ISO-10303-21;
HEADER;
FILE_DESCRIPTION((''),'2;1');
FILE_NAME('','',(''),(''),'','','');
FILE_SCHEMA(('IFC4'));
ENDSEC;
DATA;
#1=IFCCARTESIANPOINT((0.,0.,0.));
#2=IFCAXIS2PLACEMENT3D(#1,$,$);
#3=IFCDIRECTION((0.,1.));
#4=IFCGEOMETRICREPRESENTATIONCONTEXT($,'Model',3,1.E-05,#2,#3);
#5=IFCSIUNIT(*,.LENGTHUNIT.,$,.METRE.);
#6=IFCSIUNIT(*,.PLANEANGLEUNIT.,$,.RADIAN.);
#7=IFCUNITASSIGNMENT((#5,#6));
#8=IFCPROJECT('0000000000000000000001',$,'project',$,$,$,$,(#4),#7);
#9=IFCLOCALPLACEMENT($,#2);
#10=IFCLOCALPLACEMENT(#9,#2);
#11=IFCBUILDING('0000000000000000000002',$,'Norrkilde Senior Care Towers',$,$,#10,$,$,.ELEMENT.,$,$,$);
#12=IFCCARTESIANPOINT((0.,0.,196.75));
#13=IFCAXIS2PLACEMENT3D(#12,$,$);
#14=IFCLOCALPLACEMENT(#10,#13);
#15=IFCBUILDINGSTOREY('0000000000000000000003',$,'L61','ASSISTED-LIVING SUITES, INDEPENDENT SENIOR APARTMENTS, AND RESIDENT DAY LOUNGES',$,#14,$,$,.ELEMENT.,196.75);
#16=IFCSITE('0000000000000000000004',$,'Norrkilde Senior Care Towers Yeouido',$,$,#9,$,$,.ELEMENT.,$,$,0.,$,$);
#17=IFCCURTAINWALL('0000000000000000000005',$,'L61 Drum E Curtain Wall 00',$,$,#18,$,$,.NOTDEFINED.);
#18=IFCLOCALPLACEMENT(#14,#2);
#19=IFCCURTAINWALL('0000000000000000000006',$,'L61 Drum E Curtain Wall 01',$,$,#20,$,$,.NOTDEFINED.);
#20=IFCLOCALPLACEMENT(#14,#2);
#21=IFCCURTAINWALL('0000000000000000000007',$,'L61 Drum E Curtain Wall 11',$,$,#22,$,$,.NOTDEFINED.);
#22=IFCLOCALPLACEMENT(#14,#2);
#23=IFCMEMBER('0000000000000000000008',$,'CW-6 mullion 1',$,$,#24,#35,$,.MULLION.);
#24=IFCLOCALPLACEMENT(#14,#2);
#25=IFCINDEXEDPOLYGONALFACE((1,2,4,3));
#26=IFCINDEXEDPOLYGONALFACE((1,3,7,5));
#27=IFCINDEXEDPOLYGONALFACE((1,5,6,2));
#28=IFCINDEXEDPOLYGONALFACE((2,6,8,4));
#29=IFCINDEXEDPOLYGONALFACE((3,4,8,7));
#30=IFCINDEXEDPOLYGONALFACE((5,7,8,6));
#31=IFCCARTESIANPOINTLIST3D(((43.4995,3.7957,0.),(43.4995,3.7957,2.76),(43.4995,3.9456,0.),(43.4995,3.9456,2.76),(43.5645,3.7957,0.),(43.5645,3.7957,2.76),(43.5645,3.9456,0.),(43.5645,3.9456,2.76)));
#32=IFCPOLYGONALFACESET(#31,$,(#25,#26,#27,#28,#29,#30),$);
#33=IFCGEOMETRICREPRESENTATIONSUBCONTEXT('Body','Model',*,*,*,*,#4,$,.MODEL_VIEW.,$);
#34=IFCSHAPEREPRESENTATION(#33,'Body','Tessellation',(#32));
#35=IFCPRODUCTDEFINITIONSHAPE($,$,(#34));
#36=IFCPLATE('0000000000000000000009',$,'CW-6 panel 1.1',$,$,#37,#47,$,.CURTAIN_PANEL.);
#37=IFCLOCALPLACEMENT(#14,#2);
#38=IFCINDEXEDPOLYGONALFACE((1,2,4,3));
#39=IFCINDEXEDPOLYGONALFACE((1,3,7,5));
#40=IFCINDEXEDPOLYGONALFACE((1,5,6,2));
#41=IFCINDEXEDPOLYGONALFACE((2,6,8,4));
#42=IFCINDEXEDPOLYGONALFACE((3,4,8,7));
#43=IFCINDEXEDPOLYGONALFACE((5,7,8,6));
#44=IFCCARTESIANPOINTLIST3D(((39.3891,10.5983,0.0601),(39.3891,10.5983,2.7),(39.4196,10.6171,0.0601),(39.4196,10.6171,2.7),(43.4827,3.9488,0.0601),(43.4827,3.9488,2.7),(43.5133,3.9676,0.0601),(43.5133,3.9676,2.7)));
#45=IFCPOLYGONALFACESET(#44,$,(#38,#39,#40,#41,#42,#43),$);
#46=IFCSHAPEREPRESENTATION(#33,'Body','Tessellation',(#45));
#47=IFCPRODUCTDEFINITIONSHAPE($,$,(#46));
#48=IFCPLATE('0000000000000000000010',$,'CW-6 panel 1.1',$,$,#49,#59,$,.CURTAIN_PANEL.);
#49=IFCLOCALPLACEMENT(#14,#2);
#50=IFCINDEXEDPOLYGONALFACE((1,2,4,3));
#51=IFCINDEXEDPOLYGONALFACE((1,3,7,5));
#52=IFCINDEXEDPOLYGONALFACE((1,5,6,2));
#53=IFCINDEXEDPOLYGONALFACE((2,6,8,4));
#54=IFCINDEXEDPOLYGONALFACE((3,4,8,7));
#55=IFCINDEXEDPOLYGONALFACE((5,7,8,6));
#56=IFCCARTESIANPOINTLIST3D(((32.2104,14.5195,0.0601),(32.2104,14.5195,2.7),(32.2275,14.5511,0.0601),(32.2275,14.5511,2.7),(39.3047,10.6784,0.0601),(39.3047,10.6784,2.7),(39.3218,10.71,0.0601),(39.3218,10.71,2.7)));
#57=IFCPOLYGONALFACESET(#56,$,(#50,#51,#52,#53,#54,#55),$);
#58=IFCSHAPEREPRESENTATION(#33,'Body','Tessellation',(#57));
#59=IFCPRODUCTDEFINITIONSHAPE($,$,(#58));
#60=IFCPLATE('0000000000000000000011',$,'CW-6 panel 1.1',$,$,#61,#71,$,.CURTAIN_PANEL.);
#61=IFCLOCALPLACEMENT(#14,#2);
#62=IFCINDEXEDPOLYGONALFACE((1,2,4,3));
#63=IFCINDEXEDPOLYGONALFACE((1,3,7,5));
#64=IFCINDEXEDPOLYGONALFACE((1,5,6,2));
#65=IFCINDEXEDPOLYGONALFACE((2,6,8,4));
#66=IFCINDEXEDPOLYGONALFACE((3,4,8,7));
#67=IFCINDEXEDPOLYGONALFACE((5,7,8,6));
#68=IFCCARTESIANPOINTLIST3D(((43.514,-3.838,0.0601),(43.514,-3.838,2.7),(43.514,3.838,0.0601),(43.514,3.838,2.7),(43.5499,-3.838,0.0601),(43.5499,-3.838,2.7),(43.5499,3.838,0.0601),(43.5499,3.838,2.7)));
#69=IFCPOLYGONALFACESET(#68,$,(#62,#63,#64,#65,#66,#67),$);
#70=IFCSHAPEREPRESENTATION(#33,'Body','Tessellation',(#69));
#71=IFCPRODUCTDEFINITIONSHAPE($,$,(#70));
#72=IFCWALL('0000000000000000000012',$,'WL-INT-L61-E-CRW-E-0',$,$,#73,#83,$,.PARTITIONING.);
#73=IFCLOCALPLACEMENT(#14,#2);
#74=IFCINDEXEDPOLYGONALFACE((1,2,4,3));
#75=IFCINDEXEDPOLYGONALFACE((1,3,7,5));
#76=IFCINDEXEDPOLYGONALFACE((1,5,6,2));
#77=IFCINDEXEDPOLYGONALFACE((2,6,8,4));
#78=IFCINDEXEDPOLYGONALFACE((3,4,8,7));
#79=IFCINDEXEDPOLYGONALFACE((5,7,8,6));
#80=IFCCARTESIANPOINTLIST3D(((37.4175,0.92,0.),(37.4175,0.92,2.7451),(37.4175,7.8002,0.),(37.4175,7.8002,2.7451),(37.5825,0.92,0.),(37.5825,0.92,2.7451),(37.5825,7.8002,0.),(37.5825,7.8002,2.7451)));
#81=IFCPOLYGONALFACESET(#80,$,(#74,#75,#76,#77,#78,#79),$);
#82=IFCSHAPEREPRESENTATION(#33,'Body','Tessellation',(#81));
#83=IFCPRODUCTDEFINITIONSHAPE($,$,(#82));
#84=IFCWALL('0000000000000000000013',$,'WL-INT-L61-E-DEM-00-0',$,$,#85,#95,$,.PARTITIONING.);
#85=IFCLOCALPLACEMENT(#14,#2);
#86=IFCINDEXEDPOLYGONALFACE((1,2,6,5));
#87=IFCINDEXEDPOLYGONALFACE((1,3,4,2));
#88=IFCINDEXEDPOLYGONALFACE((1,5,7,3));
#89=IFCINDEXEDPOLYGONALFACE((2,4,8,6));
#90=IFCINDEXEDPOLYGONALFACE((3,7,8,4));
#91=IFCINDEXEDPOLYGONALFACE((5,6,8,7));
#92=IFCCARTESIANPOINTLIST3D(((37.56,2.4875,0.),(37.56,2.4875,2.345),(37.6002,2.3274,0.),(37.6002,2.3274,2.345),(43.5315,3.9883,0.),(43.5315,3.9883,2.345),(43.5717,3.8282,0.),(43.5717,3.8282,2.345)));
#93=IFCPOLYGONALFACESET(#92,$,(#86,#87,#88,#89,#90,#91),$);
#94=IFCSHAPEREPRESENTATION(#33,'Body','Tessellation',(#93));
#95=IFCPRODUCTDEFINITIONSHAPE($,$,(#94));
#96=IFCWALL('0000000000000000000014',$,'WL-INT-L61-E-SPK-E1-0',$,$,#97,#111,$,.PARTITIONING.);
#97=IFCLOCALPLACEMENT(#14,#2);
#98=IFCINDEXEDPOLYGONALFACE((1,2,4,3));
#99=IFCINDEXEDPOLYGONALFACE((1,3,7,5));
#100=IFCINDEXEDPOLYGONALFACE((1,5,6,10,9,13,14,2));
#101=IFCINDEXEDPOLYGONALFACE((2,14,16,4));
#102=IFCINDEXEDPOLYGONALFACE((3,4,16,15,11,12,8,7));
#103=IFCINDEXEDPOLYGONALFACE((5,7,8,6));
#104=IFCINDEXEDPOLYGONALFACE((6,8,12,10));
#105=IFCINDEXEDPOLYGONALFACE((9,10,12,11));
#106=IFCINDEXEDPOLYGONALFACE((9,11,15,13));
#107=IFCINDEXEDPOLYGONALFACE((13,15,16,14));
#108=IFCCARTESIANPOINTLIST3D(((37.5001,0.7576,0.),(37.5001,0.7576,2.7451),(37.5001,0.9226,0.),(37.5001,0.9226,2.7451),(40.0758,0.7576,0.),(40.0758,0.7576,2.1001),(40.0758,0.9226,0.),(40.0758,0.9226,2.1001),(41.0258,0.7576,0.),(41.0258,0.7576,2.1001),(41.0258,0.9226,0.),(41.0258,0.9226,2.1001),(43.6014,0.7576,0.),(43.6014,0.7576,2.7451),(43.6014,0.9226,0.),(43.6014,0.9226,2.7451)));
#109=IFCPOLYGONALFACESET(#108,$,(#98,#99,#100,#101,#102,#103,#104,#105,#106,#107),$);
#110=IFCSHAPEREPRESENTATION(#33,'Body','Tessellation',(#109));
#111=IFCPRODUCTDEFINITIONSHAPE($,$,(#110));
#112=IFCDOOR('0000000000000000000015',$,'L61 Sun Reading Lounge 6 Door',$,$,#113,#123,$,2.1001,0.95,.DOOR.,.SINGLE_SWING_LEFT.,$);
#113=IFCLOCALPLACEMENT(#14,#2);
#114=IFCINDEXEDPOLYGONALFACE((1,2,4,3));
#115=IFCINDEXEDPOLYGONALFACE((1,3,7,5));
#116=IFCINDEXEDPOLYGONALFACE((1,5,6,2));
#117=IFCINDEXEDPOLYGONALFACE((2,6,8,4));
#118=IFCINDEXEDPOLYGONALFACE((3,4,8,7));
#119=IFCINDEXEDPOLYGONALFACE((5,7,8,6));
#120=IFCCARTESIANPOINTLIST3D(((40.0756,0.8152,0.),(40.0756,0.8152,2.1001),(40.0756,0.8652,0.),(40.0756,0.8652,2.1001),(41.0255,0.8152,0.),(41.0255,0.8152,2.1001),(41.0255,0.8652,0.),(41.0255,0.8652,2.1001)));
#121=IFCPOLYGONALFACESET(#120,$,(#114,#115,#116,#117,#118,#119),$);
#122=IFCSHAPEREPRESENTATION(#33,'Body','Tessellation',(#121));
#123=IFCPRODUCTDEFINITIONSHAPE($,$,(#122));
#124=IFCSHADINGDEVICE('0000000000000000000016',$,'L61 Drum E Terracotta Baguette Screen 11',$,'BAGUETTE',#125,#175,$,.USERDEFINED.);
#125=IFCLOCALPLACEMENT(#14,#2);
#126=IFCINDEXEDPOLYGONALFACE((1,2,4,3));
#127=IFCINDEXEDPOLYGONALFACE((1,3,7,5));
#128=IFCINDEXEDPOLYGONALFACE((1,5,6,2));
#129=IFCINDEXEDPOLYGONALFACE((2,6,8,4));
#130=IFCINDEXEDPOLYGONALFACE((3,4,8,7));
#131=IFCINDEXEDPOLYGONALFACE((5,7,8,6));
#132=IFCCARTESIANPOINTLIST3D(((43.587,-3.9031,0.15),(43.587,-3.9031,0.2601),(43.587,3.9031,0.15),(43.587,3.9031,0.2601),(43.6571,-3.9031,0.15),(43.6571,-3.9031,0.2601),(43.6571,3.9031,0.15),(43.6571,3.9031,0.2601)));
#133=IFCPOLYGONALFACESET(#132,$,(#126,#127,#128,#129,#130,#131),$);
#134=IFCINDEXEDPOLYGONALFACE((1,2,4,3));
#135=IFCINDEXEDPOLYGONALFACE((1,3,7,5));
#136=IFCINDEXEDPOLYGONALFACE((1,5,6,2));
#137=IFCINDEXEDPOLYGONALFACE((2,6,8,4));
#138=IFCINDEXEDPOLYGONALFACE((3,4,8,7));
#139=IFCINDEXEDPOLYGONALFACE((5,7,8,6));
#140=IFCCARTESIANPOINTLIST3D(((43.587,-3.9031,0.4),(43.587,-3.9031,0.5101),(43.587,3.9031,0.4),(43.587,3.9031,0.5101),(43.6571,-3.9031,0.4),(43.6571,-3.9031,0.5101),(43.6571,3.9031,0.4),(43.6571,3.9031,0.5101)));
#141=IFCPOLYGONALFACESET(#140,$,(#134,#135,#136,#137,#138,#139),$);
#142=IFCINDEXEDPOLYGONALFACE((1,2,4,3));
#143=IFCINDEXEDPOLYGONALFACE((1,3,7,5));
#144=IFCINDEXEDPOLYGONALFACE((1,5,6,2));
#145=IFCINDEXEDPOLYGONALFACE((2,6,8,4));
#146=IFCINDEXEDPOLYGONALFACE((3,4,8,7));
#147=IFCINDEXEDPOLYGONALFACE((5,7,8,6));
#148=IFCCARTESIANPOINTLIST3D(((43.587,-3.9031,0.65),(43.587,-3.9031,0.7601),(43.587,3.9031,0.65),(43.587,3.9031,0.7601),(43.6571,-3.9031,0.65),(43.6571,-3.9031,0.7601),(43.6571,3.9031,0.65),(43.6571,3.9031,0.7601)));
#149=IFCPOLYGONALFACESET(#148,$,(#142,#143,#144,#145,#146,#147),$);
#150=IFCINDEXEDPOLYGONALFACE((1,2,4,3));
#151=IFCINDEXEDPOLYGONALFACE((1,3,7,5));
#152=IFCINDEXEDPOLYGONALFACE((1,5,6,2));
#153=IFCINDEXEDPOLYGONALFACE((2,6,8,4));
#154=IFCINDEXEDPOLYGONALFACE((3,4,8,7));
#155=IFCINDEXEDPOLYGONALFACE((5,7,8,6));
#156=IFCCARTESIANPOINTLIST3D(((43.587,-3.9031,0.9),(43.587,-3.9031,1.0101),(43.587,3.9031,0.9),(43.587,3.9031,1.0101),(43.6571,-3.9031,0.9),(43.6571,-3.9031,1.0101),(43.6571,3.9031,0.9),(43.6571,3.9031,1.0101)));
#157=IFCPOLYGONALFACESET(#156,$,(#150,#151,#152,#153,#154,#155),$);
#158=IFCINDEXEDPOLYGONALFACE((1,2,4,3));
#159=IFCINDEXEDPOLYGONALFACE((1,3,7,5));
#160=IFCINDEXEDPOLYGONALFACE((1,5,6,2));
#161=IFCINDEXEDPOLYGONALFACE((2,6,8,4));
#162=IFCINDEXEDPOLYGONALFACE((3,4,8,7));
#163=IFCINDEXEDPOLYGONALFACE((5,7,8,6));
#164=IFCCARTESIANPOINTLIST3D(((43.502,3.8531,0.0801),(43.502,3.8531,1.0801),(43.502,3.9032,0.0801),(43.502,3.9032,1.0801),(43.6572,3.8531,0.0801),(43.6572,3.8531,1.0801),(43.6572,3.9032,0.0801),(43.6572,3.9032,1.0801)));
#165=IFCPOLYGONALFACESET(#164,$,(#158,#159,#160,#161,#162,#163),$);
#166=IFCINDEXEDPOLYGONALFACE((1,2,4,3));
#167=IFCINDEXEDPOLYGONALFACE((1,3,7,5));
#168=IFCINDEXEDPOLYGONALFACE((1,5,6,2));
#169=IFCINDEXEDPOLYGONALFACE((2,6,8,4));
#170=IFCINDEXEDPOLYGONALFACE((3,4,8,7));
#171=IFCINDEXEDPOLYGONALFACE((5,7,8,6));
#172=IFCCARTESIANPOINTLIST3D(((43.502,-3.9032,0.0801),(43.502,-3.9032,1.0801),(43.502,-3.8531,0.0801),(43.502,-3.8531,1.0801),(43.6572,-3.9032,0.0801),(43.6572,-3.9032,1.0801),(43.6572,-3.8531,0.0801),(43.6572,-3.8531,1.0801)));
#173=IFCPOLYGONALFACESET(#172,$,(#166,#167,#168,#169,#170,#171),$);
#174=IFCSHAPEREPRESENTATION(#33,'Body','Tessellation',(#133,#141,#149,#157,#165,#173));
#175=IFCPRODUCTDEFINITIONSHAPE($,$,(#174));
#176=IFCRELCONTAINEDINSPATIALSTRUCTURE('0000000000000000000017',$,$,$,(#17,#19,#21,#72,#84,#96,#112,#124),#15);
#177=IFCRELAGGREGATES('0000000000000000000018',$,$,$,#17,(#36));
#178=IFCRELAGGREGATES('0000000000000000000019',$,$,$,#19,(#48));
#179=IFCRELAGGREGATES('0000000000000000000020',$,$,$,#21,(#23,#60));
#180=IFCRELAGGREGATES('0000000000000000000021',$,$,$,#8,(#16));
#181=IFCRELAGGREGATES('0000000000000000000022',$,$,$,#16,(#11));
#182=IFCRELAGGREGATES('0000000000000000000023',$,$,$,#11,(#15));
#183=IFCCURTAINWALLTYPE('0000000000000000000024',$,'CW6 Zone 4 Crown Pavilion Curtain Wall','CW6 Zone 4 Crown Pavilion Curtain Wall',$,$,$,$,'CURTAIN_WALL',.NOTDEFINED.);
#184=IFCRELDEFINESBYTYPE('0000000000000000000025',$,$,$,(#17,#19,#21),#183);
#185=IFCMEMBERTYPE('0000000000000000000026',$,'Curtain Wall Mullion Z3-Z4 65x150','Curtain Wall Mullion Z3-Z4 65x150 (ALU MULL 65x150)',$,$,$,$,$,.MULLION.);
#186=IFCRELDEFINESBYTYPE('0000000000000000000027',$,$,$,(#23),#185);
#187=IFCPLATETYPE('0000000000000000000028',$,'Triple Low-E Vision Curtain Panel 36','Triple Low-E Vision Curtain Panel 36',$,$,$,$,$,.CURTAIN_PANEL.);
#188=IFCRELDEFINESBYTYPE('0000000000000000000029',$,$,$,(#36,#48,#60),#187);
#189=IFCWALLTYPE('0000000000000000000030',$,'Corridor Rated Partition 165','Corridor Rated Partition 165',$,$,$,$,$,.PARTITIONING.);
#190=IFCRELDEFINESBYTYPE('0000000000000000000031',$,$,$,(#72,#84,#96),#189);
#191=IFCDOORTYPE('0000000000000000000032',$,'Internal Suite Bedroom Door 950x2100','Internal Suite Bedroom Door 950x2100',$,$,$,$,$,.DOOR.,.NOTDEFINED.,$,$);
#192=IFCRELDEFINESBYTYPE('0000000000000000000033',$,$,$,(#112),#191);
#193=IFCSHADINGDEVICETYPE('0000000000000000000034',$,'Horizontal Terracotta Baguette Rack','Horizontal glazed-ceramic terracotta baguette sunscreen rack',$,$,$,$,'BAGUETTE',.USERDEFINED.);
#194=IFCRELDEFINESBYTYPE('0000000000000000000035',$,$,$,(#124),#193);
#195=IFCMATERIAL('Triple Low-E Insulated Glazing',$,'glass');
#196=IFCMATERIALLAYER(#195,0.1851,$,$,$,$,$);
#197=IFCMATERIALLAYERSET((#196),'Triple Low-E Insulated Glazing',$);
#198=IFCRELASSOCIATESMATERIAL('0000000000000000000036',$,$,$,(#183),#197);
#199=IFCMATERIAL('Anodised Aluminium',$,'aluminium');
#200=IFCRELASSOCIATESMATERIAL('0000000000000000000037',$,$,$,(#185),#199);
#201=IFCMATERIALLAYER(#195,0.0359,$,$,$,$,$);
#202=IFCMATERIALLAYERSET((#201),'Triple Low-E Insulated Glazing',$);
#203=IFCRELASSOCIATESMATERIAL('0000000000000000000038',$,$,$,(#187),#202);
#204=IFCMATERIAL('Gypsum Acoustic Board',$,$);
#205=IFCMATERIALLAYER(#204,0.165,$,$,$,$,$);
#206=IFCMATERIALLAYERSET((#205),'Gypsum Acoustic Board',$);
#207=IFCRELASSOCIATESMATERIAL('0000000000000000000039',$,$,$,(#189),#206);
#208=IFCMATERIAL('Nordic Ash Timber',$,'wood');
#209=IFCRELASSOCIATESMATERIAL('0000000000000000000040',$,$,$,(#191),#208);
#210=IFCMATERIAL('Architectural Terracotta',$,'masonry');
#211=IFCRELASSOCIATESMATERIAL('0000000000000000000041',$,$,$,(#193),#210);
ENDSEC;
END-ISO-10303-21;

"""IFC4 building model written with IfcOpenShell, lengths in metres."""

from ifc_helpers import new_model, si_unit, direction, frame, frame_2d, origin, origin_2d, place, context, subcontext, project, spatial, rectangle, extrude, source, transform, mapped, material, layer, layer_set, material_profile, profile_set, type_object, type_shapes, element, fill, aggregate, save


model = new_model("IFC4")

# Units and contexts
model_context = context("Model", 3, precision=1e-05, world=origin(), true_north=direction((0.0, 1.0)))
body_context = subcontext(model_context, "Body", "Model", "MODEL_VIEW")
ifc_project = project(units=[si_unit("LENGTHUNIT", "METRE"), si_unit("PLANEANGLEUNIT", "RADIAN")], contexts=[model_context])

# Site, building, storey
site_placement = place(None, origin())
site = spatial("IfcSite", under=ifc_project, at=site_placement, Name="Norrkilde Senior Care Towers Yeouido", CompositionType="ELEMENT", RefElevation=0.0)
building_placement = place(site_placement, origin())
building = spatial("IfcBuilding", under=site, at=building_placement, Name="Norrkilde Senior Care Towers", CompositionType="ELEMENT")
storey_placement = place(building_placement, frame((0.0, 0.0, 196.75)))
storey = spatial("IfcBuildingStorey", under=building, at=storey_placement, Name="L61", Description="ASSISTED-LIVING SUITES, INDEPENDENT SENIOR APARTMENTS, AND RESIDENT DAY LOUNGES", CompositionType="ELEMENT", Elevation=196.75)

# Curtain walls
ifc_material_1 = material(Name="Triple Low-E Insulated Glazing", Category="glass")
ifc_layer_1 = layer(ifc_material_1, 0.1851)
ifc_layer_set_1 = layer_set([ifc_layer_1], Name="Triple Low-E Insulated Glazing")
curtain_wall_type = type_object("IfcCurtainWallType", Name="CW6 Zone 4 Crown Pavilion Curtain Wall", Description="CW6 Zone 4 Crown Pavilion Curtain Wall", ElementType="CURTAIN_WALL", PredefinedType="NOTDEFINED", material=ifc_layer_set_1)
curtain_wall_1_placement = place(storey_placement, origin())
curtain_wall_1 = element("IfcCurtainWall", 1, at=curtain_wall_1_placement, inside=storey, type_object=curtain_wall_type, Name="L61 Drum E Curtain Wall 00", PredefinedType="NOTDEFINED")
ifc_material_2 = material(Name="Anodised Aluminium", Category="aluminium")
curtain_wall_2_placement = place(storey_placement, origin())
curtain_wall_2 = element("IfcCurtainWall", 2, at=curtain_wall_2_placement, inside=storey, type_object=curtain_wall_type, Name="L61 Drum E Curtain Wall 01", PredefinedType="NOTDEFINED")
curtain_wall_3_placement = place(storey_placement, origin())
curtain_wall_3 = element("IfcCurtainWall", 3, at=curtain_wall_3_placement, inside=storey, type_object=curtain_wall_type, Name="L61 Drum E Curtain Wall 11", PredefinedType="NOTDEFINED")

# Member
ifc_material_profile_1 = material_profile(ifc_material_2, rectangle(XDim=0.0649, YDim=0.1499, at=origin_2d()), Name="ALU MULL 65x150")
ifc_profile_set_1 = profile_set([ifc_material_profile_1], Name="Anodised Aluminium")
member_type_1 = type_object("IfcMemberType", Name="Curtain Wall Mullion Z3-Z4 65x150", Description="Curtain Wall Mullion Z3-Z4 65x150 (ALU MULL 65x150)", PredefinedType="MULLION", material=ifc_profile_set_1)
shared_shape_1 = source(origin(), body_context, "Body", "SweptSolid", [
    extrude(rectangle(XDim=0.0649, YDim=0.1499, at=origin_2d()), origin(), (0.0, 0.0, 1.0), 2.76),
])
type_shapes(member_type_1, [shared_shape_1])
member_1_placement = place(storey_placement, frame((43.532, 3.8706, 0.0), z_axis=(0.0, 0.0, 1.0), x_axis=(1.0, 0.0, 0.0)))
member_1 = element("IfcMember", 4, at=member_1_placement, type_object=member_type_1, Name="CW-6 mullion 1", PredefinedType="MULLION", context=body_context, shape_type="MappedRepresentation", body=[
    mapped(shared_shape_1, transform((0.0, 0.0, 0.0), x_axis=(1.0, 0.0, 0.0), y_axis=(0.0, 1.0, 0.0), z_axis=(0.0, 0.0, 1.0), scale=1.0)),
])

# Plates
ifc_layer_2 = layer(ifc_material_1, 0.0359)
ifc_layer_set_2 = layer_set([ifc_layer_2], Name="Triple Low-E Insulated Glazing")
plate_type = type_object("IfcPlateType", Name="Triple Low-E Vision Curtain Panel 36", Description="Triple Low-E Vision Curtain Panel 36", PredefinedType="CURTAIN_PANEL", material=ifc_layer_set_2)
shared_shape_2 = source(origin(), body_context, "Body", "SweptSolid", [
    extrude(rectangle(XDim=7.8086, YDim=0.0359, at=origin_2d()), origin(), (0.0, 0.0, 1.0), 2.6399),
])
plate_1_placement = place(storey_placement, frame((41.4512, 7.283, 0.0601), z_axis=(0.0, 0.0, 1.0), x_axis=(0.524253, -0.851563, 0.0)))
plate_1 = element("IfcPlate", 5, at=plate_1_placement, type_object=plate_type, Name="CW-6 panel 1.1", PredefinedType="CURTAIN_PANEL", context=body_context, shape_type="MappedRepresentation", body=[
    mapped(shared_shape_2, transform((0.0, 0.0, 0.0), x_axis=(1.0, 0.0, 0.0), y_axis=(0.0, 1.0, 0.0), z_axis=(0.0, 0.0, 1.0), scale=1.0)),
])
aggregate(curtain_wall_1, [plate_1])
shared_shape_3 = source(origin(), body_context, "Body", "SweptSolid", [
    extrude(rectangle(XDim=8.0674, YDim=0.0359, at=origin_2d()), origin(), (0.0, 0.0, 1.0), 2.6399),
])
plate_2_placement = place(storey_placement, frame((35.7661, 12.6147, 0.0601), z_axis=(0.0, 0.0, 1.0), x_axis=(0.879373, -0.476133, 0.0)))
plate_2 = element("IfcPlate", 6, at=plate_2_placement, type_object=plate_type, Name="CW-6 panel 1.1", PredefinedType="CURTAIN_PANEL", context=body_context, shape_type="MappedRepresentation", body=[
    mapped(shared_shape_3, transform((0.0, 0.0, 0.0), x_axis=(1.0, 0.0, 0.0), y_axis=(0.0, 1.0, 0.0), z_axis=(0.0, 0.0, 1.0), scale=1.0)),
])
aggregate(curtain_wall_2, [plate_2])
shared_shape_4 = source(origin(), body_context, "Body", "SweptSolid", [
    extrude(rectangle(XDim=7.676, YDim=0.0359, at=origin_2d()), origin(), (0.0, 0.0, 1.0), 2.6399),
])
type_shapes(plate_type, [shared_shape_2, shared_shape_3, shared_shape_4])
plate_3_placement = place(storey_placement, frame((43.532, 0.0, 0.0601), z_axis=(0.0, 0.0, 1.0), x_axis=(0.0, -1.0, 0.0)))
plate_3 = element("IfcPlate", 7, at=plate_3_placement, type_object=plate_type, Name="CW-6 panel 1.1", PredefinedType="CURTAIN_PANEL", context=body_context, shape_type="MappedRepresentation", body=[
    mapped(shared_shape_4, transform((0.0, 0.0, 0.0), x_axis=(1.0, 0.0, 0.0), y_axis=(0.0, 1.0, 0.0), z_axis=(0.0, 0.0, 1.0), scale=1.0)),
])
aggregate(curtain_wall_3, [member_1, plate_3])

# Walls
ifc_material_3 = material(Name="Gypsum Acoustic Board")
ifc_layer_3 = layer(ifc_material_3, 0.165)
ifc_layer_set_3 = layer_set([ifc_layer_3], Name="Gypsum Acoustic Board")
wall_type_1 = type_object("IfcWallType", Name="Corridor Rated Partition 165", Description="Corridor Rated Partition 165", PredefinedType="PARTITIONING", material=ifc_layer_set_3)
shared_shape_5 = source(origin(), body_context, "Body", "SweptSolid", [
    extrude(rectangle(XDim=6.8801, YDim=0.165, at=frame_2d((3.4399, 0.0))), origin(), (0.0, 0.0, 1.0), 2.7451),
])
wall_1_placement = place(storey_placement, frame((37.5, 7.8, 0.0), z_axis=(0.0, 0.0, 1.0), x_axis=(0.0, -1.0, 0.0)))
element("IfcWall", 8, at=wall_1_placement, inside=storey, type_object=wall_type_1, Name="WL-INT-L61-E-CRW-E-0", PredefinedType="PARTITIONING", context=body_context, shape_type="MappedRepresentation", body=[
    mapped(shared_shape_5, transform((0.0, 0.0, 0.0), x_axis=(1.0, 0.0, 0.0), y_axis=(0.0, 1.0, 0.0), z_axis=(0.0, 0.0, 1.0), scale=1.0)),
])
shared_shape_6 = source(origin(), body_context, "Body", "SweptSolid", [
    extrude(rectangle(XDim=6.1572, YDim=0.165, at=frame_2d((3.0786, 0.0))), origin(), (0.0, 0.0, 1.0), 2.345),
])
wall_2_placement = place(storey_placement, frame((37.5801, 2.4075, 0.0), z_axis=(0.0, 0.0, 1.0), x_axis=(0.969841, 0.243739, 0.0)))
element("IfcWall", 9, at=wall_2_placement, inside=storey, type_object=wall_type_1, Name="WL-INT-L61-E-DEM-00-0", PredefinedType="PARTITIONING", context=body_context, shape_type="MappedRepresentation", body=[
    mapped(shared_shape_6, transform((0.0, 0.0, 0.0), x_axis=(1.0, 0.0, 0.0), y_axis=(0.0, 1.0, 0.0), z_axis=(0.0, 0.0, 1.0), scale=1.0)),
])

# Wall, opening, door
shared_shape_7 = source(origin(), body_context, "Body", "SweptSolid", [
    extrude(rectangle(XDim=6.1013, YDim=0.165, at=frame_2d((3.0508, 0.0))), origin(), (0.0, 0.0, 1.0), 2.7451),
])
type_shapes(wall_type_1, [shared_shape_5, shared_shape_6, shared_shape_7])
wall_3_placement = place(storey_placement, frame((37.5, 0.8401, 0.0), z_axis=(0.0, 0.0, 1.0), x_axis=(1.0, 0.0, 0.0)))
wall_3 = element("IfcWall", 10, at=wall_3_placement, inside=storey, type_object=wall_type_1, Name="WL-INT-L61-E-SPK-E1-0", PredefinedType="PARTITIONING", context=body_context, shape_type="MappedRepresentation", body=[
    mapped(shared_shape_7, transform((0.0, 0.0, 0.0), x_axis=(1.0, 0.0, 0.0), y_axis=(0.0, 1.0, 0.0), z_axis=(0.0, 0.0, 1.0), scale=1.0)),
])
opening_1_placement = place(wall_3_placement, frame((2.5757, 0.0, 0.0)))
opening_1 = element("IfcOpeningElement", 11, at=opening_1_placement, cuts=wall_3, PredefinedType="OPENING", context=body_context, shape_type="SweptSolid", body=[
    extrude(rectangle(XDim=0.95, YDim=2.1001, at=frame_2d((0.4751, 1.05))), frame((0.0, 0.0925, 0.0), z_axis=(0.0, -1.0, 0.0), x_axis=(1.0, 0.0, 0.0)), (0.0, 0.0, 1.0), 0.1851),
])
ifc_material_4 = material(Name="Nordic Ash Timber", Category="wood")
door_type_1 = type_object("IfcDoorType", Name="Internal Suite Bedroom Door 950x2100", Description="Internal Suite Bedroom Door 950x2100", OperationType="NOTDEFINED", PredefinedType="DOOR", material=ifc_material_4)
shared_shape_8 = source(origin(), body_context, "Body", "SweptSolid", [
    extrude(rectangle(XDim=0.95, YDim=2.1001, at=frame_2d((0.4751, 1.05))), frame((0.0, 0.0249, 0.0), z_axis=(0.0, -1.0, 0.0), x_axis=(1.0, 0.0, 0.0)), (0.0, 0.0, 1.0), 0.05),
])
type_shapes(door_type_1, [shared_shape_8])
door_1_placement = place(opening_1_placement, frame((0.95, 0.0, 0.0), z_axis=(0.0, 0.0, 1.0), x_axis=(-1.0, 0.0, 0.0)))
door_1 = element("IfcDoor", 12, at=door_1_placement, inside=storey, type_object=door_type_1, Name="L61 Sun Reading Lounge 6 Door", OperationType="SINGLE_SWING_LEFT", OverallHeight=2.1001, OverallWidth=0.95, PredefinedType="DOOR", context=body_context, shape_type="MappedRepresentation", body=[
    mapped(shared_shape_8, transform((0.0, 0.0, 0.0), x_axis=(1.0, 0.0, 0.0), y_axis=(0.0, 1.0, 0.0), z_axis=(0.0, 0.0, 1.0), scale=1.0)),
])
fill(opening_1, door_1)

# Shading device
ifc_material_5 = material(Name="Architectural Terracotta", Category="masonry")
shading_device_type = type_object("IfcShadingDeviceType", Name="Horizontal Terracotta Baguette Rack", Description="Horizontal glazed-ceramic terracotta baguette sunscreen rack", ElementType="BAGUETTE", PredefinedType="USERDEFINED", material=ifc_material_5)
shared_shape_9 = source(origin(), body_context, "Body", "SweptSolid", [
    extrude(rectangle(XDim=0.0701, YDim=0.1101, at=origin_2d()), frame((0.0, 0.0901, 0.125), z_axis=(1.0, 0.0, 0.0), x_axis=(0.0, 1.0, 0.0)), (0.0, 0.0, 1.0), 7.8062),
    extrude(rectangle(XDim=0.0701, YDim=0.1101, at=origin_2d()), frame((0.0, 0.0901, 0.375), z_axis=(1.0, 0.0, 0.0), x_axis=(0.0, 1.0, 0.0)), (0.0, 0.0, 1.0), 7.8062),
    extrude(rectangle(XDim=0.0701, YDim=0.1101, at=origin_2d()), frame((0.0, 0.0901, 0.625), z_axis=(1.0, 0.0, 0.0), x_axis=(0.0, 1.0, 0.0)), (0.0, 0.0, 1.0), 7.8062),
    extrude(rectangle(XDim=0.0701, YDim=0.1101, at=origin_2d()), frame((0.0, 0.0901, 0.875), z_axis=(1.0, 0.0, 0.0), x_axis=(0.0, 1.0, 0.0)), (0.0, 0.0, 1.0), 7.8062),
    extrude(rectangle(XDim=0.05, YDim=0.1553, at=origin_2d()), frame((0.0249, 0.0476, 0.0)), (0.0, 0.0, 1.0), 1.0),
    extrude(rectangle(XDim=0.05, YDim=0.1553, at=origin_2d()), frame((7.7812, 0.0476, 0.0)), (0.0, 0.0, 1.0), 1.0),
])
type_shapes(shading_device_type, [shared_shape_9])
shading_device_placement = place(storey_placement, frame((43.532, 3.9031, 0.0801), z_axis=(0.0, 0.0, 1.0), x_axis=(0.0, -1.0, 0.0)))
element("IfcShadingDevice", 13, at=shading_device_placement, inside=storey, type_object=shading_device_type, Name="L61 Drum E Terracotta Baguette Screen 11", ObjectType="BAGUETTE", PredefinedType="USERDEFINED", context=body_context, shape_type="MappedRepresentation", body=[
    mapped(shared_shape_9, transform((0.0, 0.0, 0.0), x_axis=(1.0, 0.0, 0.0), y_axis=(0.0, 1.0, 0.0), z_axis=(0.0, 0.0, 1.0), scale=1.0)),
])

save(model, "model.ifc")
